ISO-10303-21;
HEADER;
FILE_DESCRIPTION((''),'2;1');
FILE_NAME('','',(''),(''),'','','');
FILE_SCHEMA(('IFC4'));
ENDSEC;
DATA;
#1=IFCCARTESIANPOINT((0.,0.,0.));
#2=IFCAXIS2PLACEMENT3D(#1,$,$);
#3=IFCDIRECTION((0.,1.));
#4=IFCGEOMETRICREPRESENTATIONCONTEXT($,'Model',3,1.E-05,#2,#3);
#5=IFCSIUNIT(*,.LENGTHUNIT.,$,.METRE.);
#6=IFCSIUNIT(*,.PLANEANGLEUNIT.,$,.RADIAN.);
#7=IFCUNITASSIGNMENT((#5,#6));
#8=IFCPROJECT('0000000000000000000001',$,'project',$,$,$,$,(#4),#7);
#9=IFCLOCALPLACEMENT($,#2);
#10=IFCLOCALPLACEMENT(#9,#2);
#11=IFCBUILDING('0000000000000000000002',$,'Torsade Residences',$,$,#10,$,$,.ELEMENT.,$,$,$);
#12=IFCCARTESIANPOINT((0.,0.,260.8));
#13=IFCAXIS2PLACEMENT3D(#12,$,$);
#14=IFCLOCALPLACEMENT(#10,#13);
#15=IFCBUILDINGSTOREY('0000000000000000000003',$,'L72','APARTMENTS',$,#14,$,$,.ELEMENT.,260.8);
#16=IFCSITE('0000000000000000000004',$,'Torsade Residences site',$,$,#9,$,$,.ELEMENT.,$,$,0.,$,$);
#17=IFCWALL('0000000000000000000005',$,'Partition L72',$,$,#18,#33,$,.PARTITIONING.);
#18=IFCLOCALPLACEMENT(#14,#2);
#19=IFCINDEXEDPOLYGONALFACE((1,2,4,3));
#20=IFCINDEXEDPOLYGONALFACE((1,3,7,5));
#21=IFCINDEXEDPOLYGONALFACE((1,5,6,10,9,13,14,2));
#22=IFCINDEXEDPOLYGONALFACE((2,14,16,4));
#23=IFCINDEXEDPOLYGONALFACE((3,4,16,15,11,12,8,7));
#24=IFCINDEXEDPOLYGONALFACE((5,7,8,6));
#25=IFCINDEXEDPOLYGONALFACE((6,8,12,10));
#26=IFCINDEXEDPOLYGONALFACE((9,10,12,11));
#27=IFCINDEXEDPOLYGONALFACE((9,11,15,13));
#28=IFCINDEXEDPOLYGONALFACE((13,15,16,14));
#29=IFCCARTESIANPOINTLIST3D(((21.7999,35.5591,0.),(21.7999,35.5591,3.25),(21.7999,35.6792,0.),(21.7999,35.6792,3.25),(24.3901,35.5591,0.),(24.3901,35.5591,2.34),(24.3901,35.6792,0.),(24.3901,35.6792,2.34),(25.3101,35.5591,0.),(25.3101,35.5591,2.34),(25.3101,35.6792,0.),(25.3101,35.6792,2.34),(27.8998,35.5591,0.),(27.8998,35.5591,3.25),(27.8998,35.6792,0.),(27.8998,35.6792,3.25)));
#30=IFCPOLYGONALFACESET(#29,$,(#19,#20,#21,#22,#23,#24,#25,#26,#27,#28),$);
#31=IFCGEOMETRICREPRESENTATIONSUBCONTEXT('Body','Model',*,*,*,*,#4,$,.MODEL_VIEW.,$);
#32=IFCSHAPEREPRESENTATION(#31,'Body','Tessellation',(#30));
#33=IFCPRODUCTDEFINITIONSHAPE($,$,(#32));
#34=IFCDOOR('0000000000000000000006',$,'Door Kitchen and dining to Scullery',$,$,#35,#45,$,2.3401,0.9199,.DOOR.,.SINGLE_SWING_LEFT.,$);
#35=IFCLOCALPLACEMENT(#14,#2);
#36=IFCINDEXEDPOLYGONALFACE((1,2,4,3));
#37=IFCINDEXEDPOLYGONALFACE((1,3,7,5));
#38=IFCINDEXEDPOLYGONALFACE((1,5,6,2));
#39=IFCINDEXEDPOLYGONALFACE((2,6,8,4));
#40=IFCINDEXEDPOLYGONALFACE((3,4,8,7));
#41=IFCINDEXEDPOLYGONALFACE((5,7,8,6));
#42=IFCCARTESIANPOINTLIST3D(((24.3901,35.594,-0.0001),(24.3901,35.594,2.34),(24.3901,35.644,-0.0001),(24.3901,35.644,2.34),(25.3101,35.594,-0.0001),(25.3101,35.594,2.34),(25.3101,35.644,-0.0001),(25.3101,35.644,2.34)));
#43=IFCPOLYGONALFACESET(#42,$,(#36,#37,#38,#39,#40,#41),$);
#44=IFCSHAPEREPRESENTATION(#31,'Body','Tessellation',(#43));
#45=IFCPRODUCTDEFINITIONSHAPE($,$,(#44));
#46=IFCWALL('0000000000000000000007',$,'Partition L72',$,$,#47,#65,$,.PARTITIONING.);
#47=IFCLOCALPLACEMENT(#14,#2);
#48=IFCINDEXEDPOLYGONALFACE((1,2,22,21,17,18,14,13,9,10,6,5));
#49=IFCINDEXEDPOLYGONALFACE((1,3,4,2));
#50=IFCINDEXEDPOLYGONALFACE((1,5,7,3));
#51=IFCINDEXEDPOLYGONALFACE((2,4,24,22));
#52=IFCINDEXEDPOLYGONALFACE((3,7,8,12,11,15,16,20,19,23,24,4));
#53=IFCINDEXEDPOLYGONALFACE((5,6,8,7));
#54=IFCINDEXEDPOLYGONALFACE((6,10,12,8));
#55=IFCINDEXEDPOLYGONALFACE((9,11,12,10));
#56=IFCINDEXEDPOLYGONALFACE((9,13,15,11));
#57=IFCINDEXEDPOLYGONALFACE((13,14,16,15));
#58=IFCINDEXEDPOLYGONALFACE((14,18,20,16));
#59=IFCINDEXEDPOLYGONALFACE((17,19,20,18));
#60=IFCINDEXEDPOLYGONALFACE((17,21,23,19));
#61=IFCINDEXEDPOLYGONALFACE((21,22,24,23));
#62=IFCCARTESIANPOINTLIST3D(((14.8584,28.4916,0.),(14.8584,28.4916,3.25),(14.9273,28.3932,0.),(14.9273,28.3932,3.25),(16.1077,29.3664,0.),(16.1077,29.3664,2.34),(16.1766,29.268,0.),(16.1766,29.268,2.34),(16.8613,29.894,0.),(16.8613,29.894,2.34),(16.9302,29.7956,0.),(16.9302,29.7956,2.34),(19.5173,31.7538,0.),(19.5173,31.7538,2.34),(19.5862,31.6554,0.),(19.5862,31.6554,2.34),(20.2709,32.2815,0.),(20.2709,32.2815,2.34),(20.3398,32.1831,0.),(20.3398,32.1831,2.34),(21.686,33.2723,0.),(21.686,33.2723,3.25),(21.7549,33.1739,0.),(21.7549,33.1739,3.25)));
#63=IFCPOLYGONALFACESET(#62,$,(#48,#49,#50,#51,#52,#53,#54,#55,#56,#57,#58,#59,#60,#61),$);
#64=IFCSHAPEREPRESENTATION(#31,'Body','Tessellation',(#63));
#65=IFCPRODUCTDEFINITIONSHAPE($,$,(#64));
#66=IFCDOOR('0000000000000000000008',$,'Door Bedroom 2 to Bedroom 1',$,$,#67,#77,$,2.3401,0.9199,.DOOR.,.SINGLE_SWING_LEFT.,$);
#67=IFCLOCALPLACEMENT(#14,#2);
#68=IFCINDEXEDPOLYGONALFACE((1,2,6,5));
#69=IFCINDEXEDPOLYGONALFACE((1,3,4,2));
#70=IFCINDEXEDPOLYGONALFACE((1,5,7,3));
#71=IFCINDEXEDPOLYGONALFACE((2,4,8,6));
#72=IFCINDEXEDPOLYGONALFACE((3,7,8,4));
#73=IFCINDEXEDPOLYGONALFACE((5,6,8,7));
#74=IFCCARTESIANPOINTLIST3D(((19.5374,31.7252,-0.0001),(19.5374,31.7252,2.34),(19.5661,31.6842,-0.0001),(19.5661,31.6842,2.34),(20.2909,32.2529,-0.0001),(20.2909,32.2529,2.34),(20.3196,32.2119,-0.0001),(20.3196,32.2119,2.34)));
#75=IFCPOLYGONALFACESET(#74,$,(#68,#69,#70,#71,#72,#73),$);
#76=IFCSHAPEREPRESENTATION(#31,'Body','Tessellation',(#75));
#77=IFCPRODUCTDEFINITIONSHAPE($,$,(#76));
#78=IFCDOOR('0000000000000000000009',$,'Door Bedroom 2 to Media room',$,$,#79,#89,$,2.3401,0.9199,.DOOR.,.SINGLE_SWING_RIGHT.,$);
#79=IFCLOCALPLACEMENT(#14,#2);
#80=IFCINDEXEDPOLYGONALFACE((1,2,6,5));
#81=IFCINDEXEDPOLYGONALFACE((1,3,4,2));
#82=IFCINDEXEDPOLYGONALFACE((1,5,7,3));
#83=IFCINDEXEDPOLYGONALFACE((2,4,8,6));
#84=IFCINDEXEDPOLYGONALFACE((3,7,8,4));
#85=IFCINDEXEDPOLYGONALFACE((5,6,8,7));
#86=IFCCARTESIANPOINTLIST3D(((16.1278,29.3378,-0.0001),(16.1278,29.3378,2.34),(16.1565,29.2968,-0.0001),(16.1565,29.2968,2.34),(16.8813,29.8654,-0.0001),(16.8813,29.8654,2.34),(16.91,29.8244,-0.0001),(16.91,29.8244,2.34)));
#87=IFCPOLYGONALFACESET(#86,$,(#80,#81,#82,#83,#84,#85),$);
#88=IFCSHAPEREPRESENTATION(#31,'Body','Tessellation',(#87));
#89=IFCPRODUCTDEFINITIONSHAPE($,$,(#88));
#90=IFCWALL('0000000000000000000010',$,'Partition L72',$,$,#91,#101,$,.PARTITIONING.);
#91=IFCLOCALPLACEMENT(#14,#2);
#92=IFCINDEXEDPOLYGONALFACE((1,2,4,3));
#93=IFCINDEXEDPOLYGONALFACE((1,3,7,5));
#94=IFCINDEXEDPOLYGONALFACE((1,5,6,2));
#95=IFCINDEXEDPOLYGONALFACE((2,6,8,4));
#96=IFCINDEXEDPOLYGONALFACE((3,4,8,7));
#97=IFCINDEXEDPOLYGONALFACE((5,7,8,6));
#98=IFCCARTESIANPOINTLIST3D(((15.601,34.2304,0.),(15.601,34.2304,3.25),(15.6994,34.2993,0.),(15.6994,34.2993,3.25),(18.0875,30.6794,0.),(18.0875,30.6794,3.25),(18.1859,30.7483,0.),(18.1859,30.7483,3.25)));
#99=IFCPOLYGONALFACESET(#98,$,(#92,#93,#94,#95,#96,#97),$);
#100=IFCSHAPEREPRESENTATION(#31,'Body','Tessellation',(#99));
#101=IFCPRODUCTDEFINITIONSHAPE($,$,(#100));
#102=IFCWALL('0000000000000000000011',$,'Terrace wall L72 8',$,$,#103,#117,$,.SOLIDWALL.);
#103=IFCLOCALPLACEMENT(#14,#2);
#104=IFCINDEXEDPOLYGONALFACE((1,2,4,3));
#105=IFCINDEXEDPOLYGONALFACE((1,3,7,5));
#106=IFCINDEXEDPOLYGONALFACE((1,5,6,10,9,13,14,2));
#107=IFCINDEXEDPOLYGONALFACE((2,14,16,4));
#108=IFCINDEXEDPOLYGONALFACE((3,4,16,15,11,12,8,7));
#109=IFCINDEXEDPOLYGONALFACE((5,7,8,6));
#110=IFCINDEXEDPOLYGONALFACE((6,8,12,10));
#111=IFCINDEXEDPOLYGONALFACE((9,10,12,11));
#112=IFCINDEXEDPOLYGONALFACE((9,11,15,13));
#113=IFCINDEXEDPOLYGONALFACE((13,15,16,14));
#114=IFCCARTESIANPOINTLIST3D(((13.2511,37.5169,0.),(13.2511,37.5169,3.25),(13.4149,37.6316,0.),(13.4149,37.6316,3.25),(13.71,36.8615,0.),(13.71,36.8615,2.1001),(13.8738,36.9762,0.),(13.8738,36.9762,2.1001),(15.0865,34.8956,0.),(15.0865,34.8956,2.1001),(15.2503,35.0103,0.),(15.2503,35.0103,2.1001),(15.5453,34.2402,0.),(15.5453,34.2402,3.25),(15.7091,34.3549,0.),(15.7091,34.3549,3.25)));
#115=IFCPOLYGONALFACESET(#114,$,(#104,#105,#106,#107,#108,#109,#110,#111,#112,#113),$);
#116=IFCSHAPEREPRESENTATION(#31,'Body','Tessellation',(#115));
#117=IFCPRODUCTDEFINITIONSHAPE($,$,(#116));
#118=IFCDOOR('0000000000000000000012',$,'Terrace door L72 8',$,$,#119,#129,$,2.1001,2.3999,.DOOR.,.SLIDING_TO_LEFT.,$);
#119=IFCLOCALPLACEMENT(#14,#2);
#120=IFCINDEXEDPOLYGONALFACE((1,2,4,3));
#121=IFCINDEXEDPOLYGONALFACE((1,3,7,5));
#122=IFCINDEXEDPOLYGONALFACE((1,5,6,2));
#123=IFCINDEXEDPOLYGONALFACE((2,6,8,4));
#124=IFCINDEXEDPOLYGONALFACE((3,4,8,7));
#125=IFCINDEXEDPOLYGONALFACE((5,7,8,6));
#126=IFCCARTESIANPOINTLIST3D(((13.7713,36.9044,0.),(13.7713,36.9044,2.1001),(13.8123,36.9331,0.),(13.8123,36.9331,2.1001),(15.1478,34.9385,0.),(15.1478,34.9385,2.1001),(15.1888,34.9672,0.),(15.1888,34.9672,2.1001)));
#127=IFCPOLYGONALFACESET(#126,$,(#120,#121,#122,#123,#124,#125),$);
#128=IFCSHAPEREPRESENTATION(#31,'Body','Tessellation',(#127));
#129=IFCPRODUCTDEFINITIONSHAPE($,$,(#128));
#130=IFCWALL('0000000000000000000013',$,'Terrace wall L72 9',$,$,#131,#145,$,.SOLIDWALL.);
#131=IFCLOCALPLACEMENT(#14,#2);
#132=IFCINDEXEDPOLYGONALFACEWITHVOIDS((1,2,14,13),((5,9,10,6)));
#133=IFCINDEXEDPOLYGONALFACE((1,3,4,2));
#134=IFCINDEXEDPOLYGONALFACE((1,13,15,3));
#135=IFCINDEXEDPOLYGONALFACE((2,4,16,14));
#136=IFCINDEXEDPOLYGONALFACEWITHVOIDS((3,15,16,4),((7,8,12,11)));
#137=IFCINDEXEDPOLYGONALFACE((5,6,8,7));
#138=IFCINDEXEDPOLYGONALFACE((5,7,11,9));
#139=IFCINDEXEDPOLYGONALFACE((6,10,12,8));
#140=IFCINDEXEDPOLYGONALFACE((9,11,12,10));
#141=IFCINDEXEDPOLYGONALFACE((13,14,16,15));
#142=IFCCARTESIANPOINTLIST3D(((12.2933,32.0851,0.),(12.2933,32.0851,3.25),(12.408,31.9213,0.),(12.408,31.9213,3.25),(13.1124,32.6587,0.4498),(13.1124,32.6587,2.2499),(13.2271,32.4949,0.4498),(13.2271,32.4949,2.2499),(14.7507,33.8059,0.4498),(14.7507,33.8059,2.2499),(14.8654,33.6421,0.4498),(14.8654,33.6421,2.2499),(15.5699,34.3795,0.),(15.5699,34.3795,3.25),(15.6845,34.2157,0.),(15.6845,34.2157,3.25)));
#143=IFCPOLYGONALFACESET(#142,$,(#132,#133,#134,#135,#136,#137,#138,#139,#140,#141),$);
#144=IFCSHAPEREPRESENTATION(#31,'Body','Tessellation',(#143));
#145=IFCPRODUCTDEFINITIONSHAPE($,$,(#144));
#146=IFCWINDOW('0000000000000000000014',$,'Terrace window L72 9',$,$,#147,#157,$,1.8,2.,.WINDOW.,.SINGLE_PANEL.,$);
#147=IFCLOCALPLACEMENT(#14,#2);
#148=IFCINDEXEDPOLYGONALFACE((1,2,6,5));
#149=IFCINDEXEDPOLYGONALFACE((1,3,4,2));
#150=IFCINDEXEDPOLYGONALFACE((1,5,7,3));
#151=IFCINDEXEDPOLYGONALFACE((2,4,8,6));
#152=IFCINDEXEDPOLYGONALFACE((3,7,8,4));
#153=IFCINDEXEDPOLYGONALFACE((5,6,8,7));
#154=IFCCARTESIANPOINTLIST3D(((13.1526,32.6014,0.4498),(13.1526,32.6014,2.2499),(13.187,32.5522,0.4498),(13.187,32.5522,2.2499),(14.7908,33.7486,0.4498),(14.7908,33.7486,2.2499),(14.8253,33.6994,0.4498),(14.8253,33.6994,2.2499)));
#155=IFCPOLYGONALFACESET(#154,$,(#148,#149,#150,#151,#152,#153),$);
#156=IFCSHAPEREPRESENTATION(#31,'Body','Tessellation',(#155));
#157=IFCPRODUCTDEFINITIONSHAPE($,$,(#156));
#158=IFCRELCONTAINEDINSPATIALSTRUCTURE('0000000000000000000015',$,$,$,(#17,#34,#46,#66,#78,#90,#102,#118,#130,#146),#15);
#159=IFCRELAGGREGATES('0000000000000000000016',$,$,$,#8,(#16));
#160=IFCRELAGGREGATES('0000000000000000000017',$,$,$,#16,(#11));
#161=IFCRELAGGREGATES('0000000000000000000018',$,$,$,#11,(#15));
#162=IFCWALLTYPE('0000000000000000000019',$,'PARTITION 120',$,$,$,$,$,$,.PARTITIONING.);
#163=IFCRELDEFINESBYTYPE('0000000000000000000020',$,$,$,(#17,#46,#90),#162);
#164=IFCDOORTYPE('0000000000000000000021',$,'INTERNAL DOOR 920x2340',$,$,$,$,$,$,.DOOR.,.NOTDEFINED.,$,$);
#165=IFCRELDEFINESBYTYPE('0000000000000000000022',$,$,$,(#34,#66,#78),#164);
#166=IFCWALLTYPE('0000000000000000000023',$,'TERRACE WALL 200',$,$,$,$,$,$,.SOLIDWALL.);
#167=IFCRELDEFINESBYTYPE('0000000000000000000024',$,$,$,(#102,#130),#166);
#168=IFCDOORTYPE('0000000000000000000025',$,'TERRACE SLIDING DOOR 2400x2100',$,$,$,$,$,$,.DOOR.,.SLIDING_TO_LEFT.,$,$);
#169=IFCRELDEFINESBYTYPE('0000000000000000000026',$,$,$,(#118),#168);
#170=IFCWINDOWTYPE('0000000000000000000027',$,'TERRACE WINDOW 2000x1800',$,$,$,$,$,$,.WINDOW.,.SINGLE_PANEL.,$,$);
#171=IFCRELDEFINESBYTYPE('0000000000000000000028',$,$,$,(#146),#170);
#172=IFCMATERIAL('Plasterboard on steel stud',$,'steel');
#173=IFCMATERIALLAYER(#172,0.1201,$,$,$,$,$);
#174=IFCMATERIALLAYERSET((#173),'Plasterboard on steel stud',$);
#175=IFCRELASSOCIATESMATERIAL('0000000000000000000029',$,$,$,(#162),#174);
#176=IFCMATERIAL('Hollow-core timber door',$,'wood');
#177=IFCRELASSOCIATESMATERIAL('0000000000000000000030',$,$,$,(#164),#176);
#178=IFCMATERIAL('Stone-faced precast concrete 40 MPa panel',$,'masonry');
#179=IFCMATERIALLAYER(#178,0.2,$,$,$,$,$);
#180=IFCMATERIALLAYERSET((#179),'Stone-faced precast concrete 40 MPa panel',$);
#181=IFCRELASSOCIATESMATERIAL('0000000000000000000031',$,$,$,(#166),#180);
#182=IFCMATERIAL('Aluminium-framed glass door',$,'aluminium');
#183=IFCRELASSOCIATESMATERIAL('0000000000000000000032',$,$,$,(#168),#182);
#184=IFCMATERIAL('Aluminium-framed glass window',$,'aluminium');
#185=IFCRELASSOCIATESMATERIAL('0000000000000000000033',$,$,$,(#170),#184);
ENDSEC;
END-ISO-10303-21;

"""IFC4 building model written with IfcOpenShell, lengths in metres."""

from ifc_helpers import new_model, si_unit, direction, frame, frame_2d, origin, place, context, subcontext, project, spatial, rectangle, extrude, material, layer, layer_set, type_object, element, fill, save


model = new_model("IFC4")

# Units and contexts
model_context = context("Model", 3, precision=1e-05, world=origin(), true_north=direction((0.0, 1.0)))
body_context = subcontext(model_context, "Body", "Model", "MODEL_VIEW")
ifc_project = project(units=[si_unit("LENGTHUNIT", "METRE"), si_unit("PLANEANGLEUNIT", "RADIAN")], contexts=[model_context])

# Site, building, storey
site_placement = place(None, origin())
site = spatial("IfcSite", under=ifc_project, at=site_placement, Name="Torsade Residences site", CompositionType="ELEMENT", RefElevation=0.0)
building_placement = place(site_placement, origin())
building = spatial("IfcBuilding", under=site, at=building_placement, Name="Torsade Residences", CompositionType="ELEMENT")
storey_placement = place(building_placement, frame((0.0, 0.0, 260.8)))
storey = spatial("IfcBuildingStorey", under=building, at=storey_placement, Name="L72", Description="APARTMENTS", CompositionType="ELEMENT", Elevation=260.8)

# Wall, opening, door
ifc_material_1 = material(Name="Plasterboard on steel stud", Category="steel")
ifc_layer_1 = layer(ifc_material_1, 0.1201)
ifc_layer_set_1 = layer_set([ifc_layer_1], Name="Plasterboard on steel stud")
wall_type_1 = type_object("IfcWallType", Name="PARTITION 120", PredefinedType="PARTITIONING", material=ifc_layer_set_1)
wall_1_placement = place(storey_placement, frame((21.8, 35.6191, 0.0), z_axis=(0.0, 0.0, 1.0), x_axis=(1.0, 0.0, 0.0)))
wall_1 = element("IfcWall", 1, at=wall_1_placement, inside=storey, type_object=wall_type_1, Name="Partition L72", PredefinedType="PARTITIONING", context=body_context, shape_type="SweptSolid", body=[
    extrude(rectangle(XDim=6.0999, YDim=0.1201, at=frame_2d((3.0498, 0.0))), origin(), (0.0, 0.0, 1.0), 3.25),
])
opening_1_placement = place(wall_1_placement, frame((2.5901, 0.0, 0.0)))
opening_1 = element("IfcOpeningElement", 2, at=opening_1_placement, cuts=wall_1, PredefinedType="OPENING", context=body_context, shape_type="SweptSolid", body=[
    extrude(rectangle(XDim=0.9199, YDim=2.3401, at=frame_2d((0.46, 1.1699))), frame((0.0, 0.0701, 0.0), z_axis=(0.0, -1.0, 0.0), x_axis=(1.0, 0.0, 0.0)), (0.0, 0.0, 1.0), 0.1401),
])
ifc_material_2 = material(Name="Hollow-core timber door", Category="wood")
door_type_1 = type_object("IfcDoorType", Name="INTERNAL DOOR 920x2340", OperationType="NOTDEFINED", PredefinedType="DOOR", material=ifc_material_2)
door_1_placement = place(opening_1_placement, origin())
door_1 = element("IfcDoor", 3, at=door_1_placement, inside=storey, type_object=door_type_1, Name="Door Kitchen and dining to Scullery", OperationType="SINGLE_SWING_LEFT", OverallHeight=2.3401, OverallWidth=0.9199, PredefinedType="DOOR", context=body_context, shape_type="SweptSolid", body=[
    extrude(rectangle(XDim=0.9199, YDim=2.3401, at=frame_2d((0.46, 1.1699))), frame((0.0, 0.0249, 0.0), z_axis=(0.0, -1.0, 0.0), x_axis=(1.0, 0.0, 0.0)), (0.0, 0.0, 1.0), 0.05),
])
fill(opening_1, door_1)

# Wall, openings, doors
wall_2_placement = place(storey_placement, frame((21.7205, 33.2231, 0.0), z_axis=(0.0, 0.0, 1.0), x_axis=(-0.819152, -0.573576, 0.0)))
wall_2 = element("IfcWall", 4, at=wall_2_placement, inside=storey, type_object=wall_type_1, Name="Partition L72", PredefinedType="PARTITIONING", context=body_context, shape_type="SweptSolid", body=[
    extrude(rectangle(XDim=8.335, YDim=0.1201, at=frame_2d((4.1675, 0.0))), origin(), (0.0, 0.0, 1.0), 3.25),
])
opening_2_placement = place(wall_2_placement, frame((1.7275, 0.0, 0.0)))
opening_2 = element("IfcOpeningElement", 5, at=opening_2_placement, cuts=wall_2, PredefinedType="OPENING", context=body_context, shape_type="SweptSolid", body=[
    extrude(rectangle(XDim=0.9199, YDim=2.3401, at=frame_2d((0.46, 1.1699))), frame((0.0, 0.0701, 0.0), z_axis=(0.0, -1.0, 0.0), x_axis=(1.0, 0.0, 0.0)), (0.0, 0.0, 1.0), 0.1401),
])
opening_3_placement = place(wall_2_placement, frame((5.8899, 0.0, 0.0)))
opening_3 = element("IfcOpeningElement", 6, at=opening_3_placement, cuts=wall_2, PredefinedType="OPENING", context=body_context, shape_type="SweptSolid", body=[
    extrude(rectangle(XDim=0.9199, YDim=2.3401, at=frame_2d((0.46, 1.1699))), frame((0.0, 0.0701, 0.0), z_axis=(0.0, -1.0, 0.0), x_axis=(1.0, 0.0, 0.0)), (0.0, 0.0, 1.0), 0.1401),
])
door_2_placement = place(opening_2_placement, origin())
door_2 = element("IfcDoor", 7, at=door_2_placement, inside=storey, type_object=door_type_1, Name="Door Bedroom 2 to Bedroom 1", OperationType="SINGLE_SWING_LEFT", OverallHeight=2.3401, OverallWidth=0.9199, PredefinedType="DOOR", context=body_context, shape_type="SweptSolid", body=[
    extrude(rectangle(XDim=0.9199, YDim=2.3401, at=frame_2d((0.46, 1.1699))), frame((0.0, 0.0249, 0.0), z_axis=(0.0, -1.0, 0.0), x_axis=(1.0, 0.0, 0.0)), (0.0, 0.0, 1.0), 0.05),
])
fill(opening_2, door_2)
door_3_placement = place(opening_3_placement, origin())
door_3 = element("IfcDoor", 8, at=door_3_placement, inside=storey, type_object=door_type_1, Name="Door Bedroom 2 to Media room", OperationType="SINGLE_SWING_RIGHT", OverallHeight=2.3401, OverallWidth=0.9199, PredefinedType="DOOR", context=body_context, shape_type="SweptSolid", body=[
    extrude(rectangle(XDim=0.9199, YDim=2.3401, at=frame_2d((0.46, 1.1699))), frame((0.0, 0.0249, 0.0), z_axis=(0.0, -1.0, 0.0), x_axis=(1.0, 0.0, 0.0)), (0.0, 0.0, 1.0), 0.05),
])
fill(opening_3, door_3)

# Wall
wall_3_placement = place(storey_placement, frame((18.1367, 30.7139, 0.0), z_axis=(0.0, 0.0, 1.0), x_axis=(-0.573595, 0.819139, 0.0)))
element("IfcWall", 9, at=wall_3_placement, inside=storey, type_object=wall_type_1, Name="Partition L72", PredefinedType="PARTITIONING", context=body_context, shape_type="SweptSolid", body=[
    extrude(rectangle(XDim=4.335, YDim=0.1201, at=frame_2d((2.1675, 0.0))), origin(), (0.0, 0.0, 1.0), 3.25),
])

# Wall, opening, door
ifc_material_3 = material(Name="Stone-faced precast concrete 40 MPa panel", Category="masonry")
ifc_layer_2 = layer(ifc_material_3, 0.2)
ifc_layer_set_2 = layer_set([ifc_layer_2], Name="Stone-faced precast concrete 40 MPa panel")
wall_type_2 = type_object("IfcWallType", Name="TERRACE WALL 200", PredefinedType="SOLIDWALL", material=ifc_layer_set_2)
wall_4_placement = place(storey_placement, frame((13.333, 37.5742, 0.0), z_axis=(0.0, 0.0, 1.0), x_axis=(0.573557, -0.819166, 0.0)))
wall_4 = element("IfcWall", 10, at=wall_4_placement, inside=storey, type_object=wall_type_2, Name="Terrace wall L72 8", PredefinedType="SOLIDWALL", context=body_context, shape_type="SweptSolid", body=[
    extrude(rectangle(XDim=4.0, YDim=0.2, at=frame_2d((2.0, 0.0))), origin(), (0.0, 0.0, 1.0), 3.25),
])
opening_4_placement = place(wall_4_placement, frame((0.8, 0.0, 0.0)))
opening_4 = element("IfcOpeningElement", 11, at=opening_4_placement, cuts=wall_4, PredefinedType="OPENING", context=body_context, shape_type="SweptSolid", body=[
    extrude(rectangle(XDim=2.3999, YDim=2.1001, at=frame_2d((1.2, 1.05))), frame((0.0, 0.1099, 0.0), z_axis=(0.0, -1.0, 0.0), x_axis=(1.0, 0.0, 0.0)), (0.0, 0.0, 1.0), 0.22),
])
ifc_material_4 = material(Name="Aluminium-framed glass door", Category="aluminium")
door_type_2 = type_object("IfcDoorType", Name="TERRACE SLIDING DOOR 2400x2100", OperationType="SLIDING_TO_LEFT", PredefinedType="DOOR", material=ifc_material_4)
door_4_placement = place(opening_4_placement, origin())
door_4 = element("IfcDoor", 12, at=door_4_placement, inside=storey, type_object=door_type_2, Name="Terrace door L72 8", OperationType="SLIDING_TO_LEFT", OverallHeight=2.1001, OverallWidth=2.3999, PredefinedType="DOOR", context=body_context, shape_type="SweptSolid", body=[
    extrude(rectangle(XDim=2.3999, YDim=2.1001, at=frame_2d((1.2, 1.05))), frame((0.0, 0.0249, 0.0), z_axis=(0.0, -1.0, 0.0), x_axis=(1.0, 0.0, 0.0)), (0.0, 0.0, 1.0), 0.05),
])
fill(opening_4, door_4)

# Wall, opening, window
wall_5_placement = place(storey_placement, frame((15.6272, 34.2976, 0.0), z_axis=(0.0, 0.0, 1.0), x_axis=(-0.819137, -0.573598, 0.0)))
wall_5 = element("IfcWall", 13, at=wall_5_placement, inside=storey, type_object=wall_type_2, Name="Terrace wall L72 9", PredefinedType="SOLIDWALL", context=body_context, shape_type="SweptSolid", body=[
    extrude(rectangle(XDim=4.0, YDim=0.2, at=frame_2d((2.0, 0.0))), origin(), (0.0, 0.0, 1.0), 3.25),
])
opening_5_placement = place(wall_5_placement, frame((1.0, 0.0, 0.45)))
opening_5 = element("IfcOpeningElement", 14, at=opening_5_placement, cuts=wall_5, PredefinedType="OPENING", context=body_context, shape_type="SweptSolid", body=[
    extrude(rectangle(XDim=2.0, YDim=1.8, at=frame_2d((1.0, 0.8999))), frame((0.0, 0.1099, 0.0), z_axis=(0.0, -1.0, 0.0), x_axis=(1.0, 0.0, 0.0)), (0.0, 0.0, 1.0), 0.22),
])
ifc_material_5 = material(Name="Aluminium-framed glass window", Category="aluminium")
window_type = type_object("IfcWindowType", Name="TERRACE WINDOW 2000x1800", PartitioningType="SINGLE_PANEL", PredefinedType="WINDOW", material=ifc_material_5)
window_placement = place(opening_5_placement, origin())
window = element("IfcWindow", 15, at=window_placement, inside=storey, type_object=window_type, Name="Terrace window L72 9", OverallHeight=1.8, OverallWidth=2.0, PartitioningType="SINGLE_PANEL", PredefinedType="WINDOW", context=body_context, shape_type="SweptSolid", body=[
    extrude(rectangle(XDim=2.0, YDim=1.8, at=frame_2d((1.0, 0.8999))), frame((0.0, 0.03, 0.0), z_axis=(0.0, -1.0, 0.0), x_axis=(1.0, 0.0, 0.0)), (0.0, 0.0, 1.0), 0.0601),
])
fill(opening_5, window)

save(model, "model.ifc")
